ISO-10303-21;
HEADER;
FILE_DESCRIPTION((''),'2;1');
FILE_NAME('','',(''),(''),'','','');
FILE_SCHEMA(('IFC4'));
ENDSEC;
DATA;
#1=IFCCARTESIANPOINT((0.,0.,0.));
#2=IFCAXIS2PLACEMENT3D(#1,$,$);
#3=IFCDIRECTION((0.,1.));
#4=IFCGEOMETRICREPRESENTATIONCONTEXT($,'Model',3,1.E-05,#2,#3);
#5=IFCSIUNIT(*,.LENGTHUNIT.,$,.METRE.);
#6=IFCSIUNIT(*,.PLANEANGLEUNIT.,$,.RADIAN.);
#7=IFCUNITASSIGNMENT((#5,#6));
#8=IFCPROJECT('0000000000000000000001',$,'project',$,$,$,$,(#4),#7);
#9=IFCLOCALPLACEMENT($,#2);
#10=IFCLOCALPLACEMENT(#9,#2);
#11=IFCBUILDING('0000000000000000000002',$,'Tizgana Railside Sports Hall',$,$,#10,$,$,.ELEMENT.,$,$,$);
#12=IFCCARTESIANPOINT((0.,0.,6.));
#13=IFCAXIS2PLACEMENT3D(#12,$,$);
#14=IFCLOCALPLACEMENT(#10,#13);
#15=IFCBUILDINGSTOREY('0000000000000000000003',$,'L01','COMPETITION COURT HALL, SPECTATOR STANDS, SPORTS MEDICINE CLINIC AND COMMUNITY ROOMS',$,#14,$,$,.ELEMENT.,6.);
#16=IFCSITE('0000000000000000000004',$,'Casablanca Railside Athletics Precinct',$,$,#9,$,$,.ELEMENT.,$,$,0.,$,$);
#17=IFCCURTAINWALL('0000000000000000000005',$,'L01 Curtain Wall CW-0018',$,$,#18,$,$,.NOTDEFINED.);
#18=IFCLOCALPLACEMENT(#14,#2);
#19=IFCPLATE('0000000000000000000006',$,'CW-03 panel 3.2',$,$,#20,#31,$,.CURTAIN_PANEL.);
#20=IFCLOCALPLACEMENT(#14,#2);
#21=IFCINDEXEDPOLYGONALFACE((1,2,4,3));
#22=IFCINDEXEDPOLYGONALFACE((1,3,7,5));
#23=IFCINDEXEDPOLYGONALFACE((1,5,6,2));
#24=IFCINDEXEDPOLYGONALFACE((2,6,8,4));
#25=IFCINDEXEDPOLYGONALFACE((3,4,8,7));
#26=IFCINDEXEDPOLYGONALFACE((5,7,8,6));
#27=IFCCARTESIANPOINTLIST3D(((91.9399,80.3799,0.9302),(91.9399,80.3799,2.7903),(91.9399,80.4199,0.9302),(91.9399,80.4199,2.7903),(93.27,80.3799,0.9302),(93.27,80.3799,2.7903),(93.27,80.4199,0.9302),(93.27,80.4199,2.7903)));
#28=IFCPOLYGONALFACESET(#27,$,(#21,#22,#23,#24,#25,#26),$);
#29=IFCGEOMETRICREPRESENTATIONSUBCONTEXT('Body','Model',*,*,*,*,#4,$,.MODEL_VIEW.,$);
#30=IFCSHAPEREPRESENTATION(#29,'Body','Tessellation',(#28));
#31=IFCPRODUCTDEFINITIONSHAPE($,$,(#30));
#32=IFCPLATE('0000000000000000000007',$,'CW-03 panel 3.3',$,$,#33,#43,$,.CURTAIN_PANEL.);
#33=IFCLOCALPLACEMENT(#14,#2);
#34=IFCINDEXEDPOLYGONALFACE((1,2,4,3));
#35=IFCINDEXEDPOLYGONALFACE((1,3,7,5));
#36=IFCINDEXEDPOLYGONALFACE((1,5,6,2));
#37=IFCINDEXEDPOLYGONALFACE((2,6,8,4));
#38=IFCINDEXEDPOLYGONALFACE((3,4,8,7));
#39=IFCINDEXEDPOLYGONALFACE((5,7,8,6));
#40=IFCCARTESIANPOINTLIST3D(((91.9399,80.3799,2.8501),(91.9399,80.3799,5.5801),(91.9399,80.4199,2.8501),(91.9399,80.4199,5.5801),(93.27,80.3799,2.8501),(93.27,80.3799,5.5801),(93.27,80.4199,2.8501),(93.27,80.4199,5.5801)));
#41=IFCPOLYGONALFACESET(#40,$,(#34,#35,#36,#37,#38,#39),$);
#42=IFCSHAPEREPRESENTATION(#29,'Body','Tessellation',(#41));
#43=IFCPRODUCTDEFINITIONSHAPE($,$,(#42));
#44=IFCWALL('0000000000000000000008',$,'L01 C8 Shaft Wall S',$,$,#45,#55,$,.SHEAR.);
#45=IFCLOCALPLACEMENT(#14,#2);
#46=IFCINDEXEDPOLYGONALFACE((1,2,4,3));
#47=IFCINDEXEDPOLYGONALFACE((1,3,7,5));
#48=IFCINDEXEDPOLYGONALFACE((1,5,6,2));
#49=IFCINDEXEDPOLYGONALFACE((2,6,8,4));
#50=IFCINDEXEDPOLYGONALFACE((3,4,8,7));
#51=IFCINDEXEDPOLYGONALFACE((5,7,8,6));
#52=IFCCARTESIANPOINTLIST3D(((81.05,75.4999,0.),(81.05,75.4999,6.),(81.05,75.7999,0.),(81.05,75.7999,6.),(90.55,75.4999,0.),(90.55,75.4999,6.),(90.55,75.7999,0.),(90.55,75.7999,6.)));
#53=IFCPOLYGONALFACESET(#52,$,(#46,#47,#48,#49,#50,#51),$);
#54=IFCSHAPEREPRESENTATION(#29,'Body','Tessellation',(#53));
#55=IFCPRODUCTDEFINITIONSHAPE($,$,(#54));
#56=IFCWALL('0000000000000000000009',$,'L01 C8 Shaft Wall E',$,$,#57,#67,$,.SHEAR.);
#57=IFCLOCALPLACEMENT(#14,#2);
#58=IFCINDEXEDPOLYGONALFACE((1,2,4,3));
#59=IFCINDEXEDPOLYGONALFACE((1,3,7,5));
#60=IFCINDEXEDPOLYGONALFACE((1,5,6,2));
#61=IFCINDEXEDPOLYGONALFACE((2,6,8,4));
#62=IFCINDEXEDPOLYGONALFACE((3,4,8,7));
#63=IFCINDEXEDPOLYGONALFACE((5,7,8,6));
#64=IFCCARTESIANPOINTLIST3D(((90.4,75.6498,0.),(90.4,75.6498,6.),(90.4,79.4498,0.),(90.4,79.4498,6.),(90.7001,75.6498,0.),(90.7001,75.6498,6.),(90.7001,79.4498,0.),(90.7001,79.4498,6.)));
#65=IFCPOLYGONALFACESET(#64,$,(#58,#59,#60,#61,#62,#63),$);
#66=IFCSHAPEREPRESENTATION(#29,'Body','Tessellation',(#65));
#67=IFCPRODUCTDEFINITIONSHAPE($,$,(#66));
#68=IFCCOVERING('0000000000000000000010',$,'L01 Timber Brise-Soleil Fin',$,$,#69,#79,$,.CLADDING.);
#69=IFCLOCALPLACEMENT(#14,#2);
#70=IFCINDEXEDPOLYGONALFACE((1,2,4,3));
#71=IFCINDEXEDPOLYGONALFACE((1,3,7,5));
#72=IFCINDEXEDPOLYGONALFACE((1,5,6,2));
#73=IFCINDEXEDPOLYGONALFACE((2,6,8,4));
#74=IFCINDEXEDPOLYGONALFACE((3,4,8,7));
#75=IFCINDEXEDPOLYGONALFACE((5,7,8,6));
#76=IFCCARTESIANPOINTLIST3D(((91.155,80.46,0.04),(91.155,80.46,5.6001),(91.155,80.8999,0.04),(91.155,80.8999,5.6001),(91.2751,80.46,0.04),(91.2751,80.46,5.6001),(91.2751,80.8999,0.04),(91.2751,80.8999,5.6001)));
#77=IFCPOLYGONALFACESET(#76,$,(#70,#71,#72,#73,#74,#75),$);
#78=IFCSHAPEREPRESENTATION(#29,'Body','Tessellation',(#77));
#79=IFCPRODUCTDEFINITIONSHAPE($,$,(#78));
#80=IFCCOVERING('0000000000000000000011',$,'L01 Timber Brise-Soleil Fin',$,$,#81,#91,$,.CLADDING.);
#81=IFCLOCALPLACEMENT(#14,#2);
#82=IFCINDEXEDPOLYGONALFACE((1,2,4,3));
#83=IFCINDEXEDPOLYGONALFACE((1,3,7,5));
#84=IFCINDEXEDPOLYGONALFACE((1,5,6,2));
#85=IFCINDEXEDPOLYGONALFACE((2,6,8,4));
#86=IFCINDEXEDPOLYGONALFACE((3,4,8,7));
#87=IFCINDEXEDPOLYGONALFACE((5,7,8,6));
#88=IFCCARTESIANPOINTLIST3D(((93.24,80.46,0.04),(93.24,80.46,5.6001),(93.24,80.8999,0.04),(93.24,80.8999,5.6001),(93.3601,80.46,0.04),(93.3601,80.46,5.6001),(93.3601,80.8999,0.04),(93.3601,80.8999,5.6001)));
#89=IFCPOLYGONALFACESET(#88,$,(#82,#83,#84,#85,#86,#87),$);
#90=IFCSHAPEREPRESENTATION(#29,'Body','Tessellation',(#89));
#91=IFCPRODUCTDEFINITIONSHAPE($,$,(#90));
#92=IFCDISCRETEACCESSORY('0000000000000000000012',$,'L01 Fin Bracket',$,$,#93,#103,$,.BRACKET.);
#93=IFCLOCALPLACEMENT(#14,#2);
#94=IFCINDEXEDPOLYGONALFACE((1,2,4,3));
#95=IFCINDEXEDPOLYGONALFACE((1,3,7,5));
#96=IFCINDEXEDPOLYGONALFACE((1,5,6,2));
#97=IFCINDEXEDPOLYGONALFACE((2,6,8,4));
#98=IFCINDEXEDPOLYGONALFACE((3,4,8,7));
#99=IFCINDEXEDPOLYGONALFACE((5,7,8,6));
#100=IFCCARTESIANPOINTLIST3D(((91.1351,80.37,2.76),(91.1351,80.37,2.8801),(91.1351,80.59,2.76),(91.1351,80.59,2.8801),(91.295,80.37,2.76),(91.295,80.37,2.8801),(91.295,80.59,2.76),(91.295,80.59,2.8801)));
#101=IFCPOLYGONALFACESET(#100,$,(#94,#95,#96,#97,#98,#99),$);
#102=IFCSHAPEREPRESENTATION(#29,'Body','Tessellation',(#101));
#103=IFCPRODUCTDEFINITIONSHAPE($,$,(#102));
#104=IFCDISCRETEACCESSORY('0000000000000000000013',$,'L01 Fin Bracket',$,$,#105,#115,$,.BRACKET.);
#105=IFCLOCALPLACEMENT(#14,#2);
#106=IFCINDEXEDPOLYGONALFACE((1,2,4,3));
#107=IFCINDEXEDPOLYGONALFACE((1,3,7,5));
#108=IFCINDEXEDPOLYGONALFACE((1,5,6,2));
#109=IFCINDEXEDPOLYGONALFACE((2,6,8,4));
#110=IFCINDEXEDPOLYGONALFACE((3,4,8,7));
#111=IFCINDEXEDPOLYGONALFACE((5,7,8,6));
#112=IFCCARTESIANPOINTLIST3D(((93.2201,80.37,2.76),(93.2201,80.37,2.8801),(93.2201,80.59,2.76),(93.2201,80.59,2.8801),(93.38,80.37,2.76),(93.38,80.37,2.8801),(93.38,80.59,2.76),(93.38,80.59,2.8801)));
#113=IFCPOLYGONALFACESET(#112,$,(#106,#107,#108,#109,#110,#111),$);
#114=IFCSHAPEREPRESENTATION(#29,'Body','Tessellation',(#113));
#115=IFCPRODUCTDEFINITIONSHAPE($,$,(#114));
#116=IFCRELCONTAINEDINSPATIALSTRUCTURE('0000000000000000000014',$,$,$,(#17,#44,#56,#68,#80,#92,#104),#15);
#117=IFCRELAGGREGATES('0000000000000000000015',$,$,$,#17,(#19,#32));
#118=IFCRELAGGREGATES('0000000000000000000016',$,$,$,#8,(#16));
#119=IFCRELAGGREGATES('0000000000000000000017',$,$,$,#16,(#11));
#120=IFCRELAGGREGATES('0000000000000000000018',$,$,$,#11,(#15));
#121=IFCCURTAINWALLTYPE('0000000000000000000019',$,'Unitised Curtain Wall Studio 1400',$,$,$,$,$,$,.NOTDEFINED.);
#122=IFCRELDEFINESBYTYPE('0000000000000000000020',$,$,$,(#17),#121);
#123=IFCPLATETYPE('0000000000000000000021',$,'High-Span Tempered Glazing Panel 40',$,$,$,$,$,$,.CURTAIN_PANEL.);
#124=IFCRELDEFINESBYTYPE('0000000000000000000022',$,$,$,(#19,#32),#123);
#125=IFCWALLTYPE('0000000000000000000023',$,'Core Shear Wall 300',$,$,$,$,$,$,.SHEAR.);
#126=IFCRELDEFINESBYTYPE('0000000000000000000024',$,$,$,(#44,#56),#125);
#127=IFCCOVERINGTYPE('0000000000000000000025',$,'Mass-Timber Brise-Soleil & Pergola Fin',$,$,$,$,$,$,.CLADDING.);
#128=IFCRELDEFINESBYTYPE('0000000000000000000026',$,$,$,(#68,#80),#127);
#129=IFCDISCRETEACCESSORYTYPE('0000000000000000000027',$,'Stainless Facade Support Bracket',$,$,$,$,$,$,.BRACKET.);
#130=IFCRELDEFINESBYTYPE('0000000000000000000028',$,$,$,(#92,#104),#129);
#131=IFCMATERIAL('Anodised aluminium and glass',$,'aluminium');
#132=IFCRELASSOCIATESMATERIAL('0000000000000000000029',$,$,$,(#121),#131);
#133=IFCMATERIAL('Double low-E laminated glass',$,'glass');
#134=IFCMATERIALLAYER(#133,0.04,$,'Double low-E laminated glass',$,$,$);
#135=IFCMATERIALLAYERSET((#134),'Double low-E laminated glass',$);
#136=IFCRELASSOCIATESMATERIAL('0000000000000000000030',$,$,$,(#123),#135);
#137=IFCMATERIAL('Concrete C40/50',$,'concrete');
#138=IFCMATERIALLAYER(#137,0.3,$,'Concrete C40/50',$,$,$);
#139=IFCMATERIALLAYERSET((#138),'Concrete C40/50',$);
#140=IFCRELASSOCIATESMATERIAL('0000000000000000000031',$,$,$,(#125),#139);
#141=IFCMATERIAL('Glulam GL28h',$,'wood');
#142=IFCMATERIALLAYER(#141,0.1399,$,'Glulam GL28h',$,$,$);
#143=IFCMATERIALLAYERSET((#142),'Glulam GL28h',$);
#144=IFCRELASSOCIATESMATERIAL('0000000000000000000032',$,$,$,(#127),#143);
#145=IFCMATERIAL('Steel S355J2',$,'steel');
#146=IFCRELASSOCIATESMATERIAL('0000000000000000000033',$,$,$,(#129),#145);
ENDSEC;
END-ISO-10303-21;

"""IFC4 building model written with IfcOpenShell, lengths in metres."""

from ifc_helpers import new_model, si_unit, direction, frame, frame_2d, origin, origin_2d, place, context, subcontext, project, spatial, rectangle, extrude, material, layer, layer_set, type_object, element, aggregate, save


model = new_model("IFC4")

# Units and contexts
model_context = context("Model", 3, precision=1e-05, world=origin(), true_north=direction((0.0, 1.0)))
body_context = subcontext(model_context, "Body", "Model", "MODEL_VIEW")
ifc_project = project(units=[si_unit("LENGTHUNIT", "METRE"), si_unit("PLANEANGLEUNIT", "RADIAN")], contexts=[model_context])

# Site, building, storey
site_placement = place(None, origin())
site = spatial("IfcSite", under=ifc_project, at=site_placement, Name="Casablanca Railside Athletics Precinct", CompositionType="ELEMENT", RefElevation=0.0)
building_placement = place(site_placement, origin())
building = spatial("IfcBuilding", under=site, at=building_placement, Name="Tizgana Railside Sports Hall", CompositionType="ELEMENT")
storey_placement = place(building_placement, frame((0.0, 0.0, 6.0)))
storey = spatial("IfcBuildingStorey", under=building, at=storey_placement, Name="L01", Description="COMPETITION COURT HALL, SPECTATOR STANDS, SPORTS MEDICINE CLINIC AND COMMUNITY ROOMS", CompositionType="ELEMENT", Elevation=6.0)

# Curtain wall
ifc_material_1 = material(Name="Anodised aluminium and glass", Category="aluminium")
curtain_wall_type = type_object("IfcCurtainWallType", Name="Unitised Curtain Wall Studio 1400", PredefinedType="NOTDEFINED", material=ifc_material_1)
curtain_wall_placement = place(storey_placement, origin())
curtain_wall = element("IfcCurtainWall", 1, at=curtain_wall_placement, inside=storey, type_object=curtain_wall_type, Name="L01 Curtain Wall CW-0018", PredefinedType="NOTDEFINED")

# Shared definitions
ifc_material_2 = material(Name="Steel S355J2", Category="steel")

# Plates
ifc_material_3 = material(Name="Double low-E laminated glass", Category="glass")
ifc_layer_1 = layer(ifc_material_3, 0.04, Name="Double low-E laminated glass")
ifc_layer_set_1 = layer_set([ifc_layer_1], Name="Double low-E laminated glass")
plate_type = type_object("IfcPlateType", Name="High-Span Tempered Glazing Panel 40", PredefinedType="CURTAIN_PANEL", material=ifc_layer_set_1)
plate_1_placement = place(storey_placement, frame((92.605, 80.3999, 0.9302), z_axis=(0.0, 0.0, 1.0), x_axis=(1.0, 0.0, 0.0)))
plate_1 = element("IfcPlate", 2, at=plate_1_placement, type_object=plate_type, Name="CW-03 panel 3.2", PredefinedType="CURTAIN_PANEL", context=body_context, shape_type="SweptSolid", body=[
    extrude(rectangle(XDim=1.3301, YDim=0.04, at=origin_2d()), origin(), (0.0, 0.0, 1.0), 1.8601),
])
plate_2_placement = place(storey_placement, frame((92.605, 80.3999, 2.8501), z_axis=(0.0, 0.0, 1.0), x_axis=(1.0, 0.0, 0.0)))
plate_2 = element("IfcPlate", 3, at=plate_2_placement, type_object=plate_type, Name="CW-03 panel 3.3", PredefinedType="CURTAIN_PANEL", context=body_context, shape_type="SweptSolid", body=[
    extrude(rectangle(XDim=1.3301, YDim=0.04, at=origin_2d()), origin(), (0.0, 0.0, 1.0), 2.73),
])
aggregate(curtain_wall, [plate_1, plate_2])

# Walls
ifc_material_4 = material(Name="Concrete C40/50", Category="concrete")
ifc_layer_2 = layer(ifc_material_4, 0.3, Name="Concrete C40/50")
ifc_layer_set_2 = layer_set([ifc_layer_2], Name="Concrete C40/50")
wall_type = type_object("IfcWallType", Name="Core Shear Wall 300", PredefinedType="SHEAR", material=ifc_layer_set_2)
wall_1_placement = place(storey_placement, frame((90.55, 75.6499, 0.0), z_axis=(0.0, 0.0, 1.0), x_axis=(-1.0, 0.0, 0.0)))
element("IfcWall", 4, at=wall_1_placement, inside=storey, type_object=wall_type, Name="L01 C8 Shaft Wall S", PredefinedType="SHEAR", context=body_context, shape_type="SweptSolid", body=[
    extrude(rectangle(XDim=9.5, YDim=0.3, at=frame_2d((4.75, 0.0))), origin(), (0.0, 0.0, 1.0), 6.0),
])
wall_2_placement = place(storey_placement, frame((90.55, 75.6499, 0.0), z_axis=(0.0, 0.0, 1.0), x_axis=(0.0, 1.0, 0.0)))
element("IfcWall", 5, at=wall_2_placement, inside=storey, type_object=wall_type, Name="L01 C8 Shaft Wall E", PredefinedType="SHEAR", context=body_context, shape_type="SweptSolid", body=[
    extrude(rectangle(XDim=3.8, YDim=0.3, at=frame_2d((1.8999, 0.0))), origin(), (0.0, 0.0, 1.0), 6.0),
])

# Coverings
ifc_material_5 = material(Name="Glulam GL28h", Category="wood")
ifc_layer_3 = layer(ifc_material_5, 0.1399, Name="Glulam GL28h")
ifc_layer_set_3 = layer_set([ifc_layer_3], Name="Glulam GL28h")
covering_type = type_object("IfcCoveringType", Name="Mass-Timber Brise-Soleil & Pergola Fin", PredefinedType="CLADDING", material=ifc_layer_set_3)
for number, where, z_axis, x_axis, name in (
    (6, (91.2151, 80.6799, 0.04), (0.0, 0.0, 1.0), (1.0, 0.0, 0.0), "L01 Timber Brise-Soleil Fin"),
    (7, (93.3, 80.6799, 0.04), (0.0, 0.0, 1.0), (1.0, 0.0, 0.0), "L01 Timber Brise-Soleil Fin"),
):
    element("IfcCovering", number, at=place(storey_placement, frame(where, z_axis=z_axis, x_axis=x_axis)), inside=storey, type_object=covering_type, Name=name, PredefinedType="CLADDING", context=body_context, shape_type="SweptSolid", body=[
        extrude(rectangle(XDim=0.1201, YDim=0.4399, at=origin_2d()), origin(), (0.0, 0.0, 1.0), 5.5601),
    ])

# Discrete accessories
discrete_accessory_type = type_object("IfcDiscreteAccessoryType", Name="Stainless Facade Support Bracket", PredefinedType="BRACKET", material=ifc_material_2)
for number, where, z_axis, x_axis, name in (
    (8, (91.2151, 80.48, 2.76), (0.0, 0.0, 1.0), (1.0, 0.0, 0.0), "L01 Fin Bracket"),
    (9, (93.3, 80.48, 2.76), (0.0, 0.0, 1.0), (1.0, 0.0, 0.0), "L01 Fin Bracket"),
):
    element("IfcDiscreteAccessory", number, at=place(storey_placement, frame(where, z_axis=z_axis, x_axis=x_axis)), inside=storey, type_object=discrete_accessory_type, Name=name, PredefinedType="BRACKET", context=body_context, shape_type="SweptSolid", body=[
        extrude(rectangle(XDim=0.1599, YDim=0.22, at=origin_2d()), origin(), (0.0, 0.0, 1.0), 0.1201),
    ])

save(model, "model.ifc")
